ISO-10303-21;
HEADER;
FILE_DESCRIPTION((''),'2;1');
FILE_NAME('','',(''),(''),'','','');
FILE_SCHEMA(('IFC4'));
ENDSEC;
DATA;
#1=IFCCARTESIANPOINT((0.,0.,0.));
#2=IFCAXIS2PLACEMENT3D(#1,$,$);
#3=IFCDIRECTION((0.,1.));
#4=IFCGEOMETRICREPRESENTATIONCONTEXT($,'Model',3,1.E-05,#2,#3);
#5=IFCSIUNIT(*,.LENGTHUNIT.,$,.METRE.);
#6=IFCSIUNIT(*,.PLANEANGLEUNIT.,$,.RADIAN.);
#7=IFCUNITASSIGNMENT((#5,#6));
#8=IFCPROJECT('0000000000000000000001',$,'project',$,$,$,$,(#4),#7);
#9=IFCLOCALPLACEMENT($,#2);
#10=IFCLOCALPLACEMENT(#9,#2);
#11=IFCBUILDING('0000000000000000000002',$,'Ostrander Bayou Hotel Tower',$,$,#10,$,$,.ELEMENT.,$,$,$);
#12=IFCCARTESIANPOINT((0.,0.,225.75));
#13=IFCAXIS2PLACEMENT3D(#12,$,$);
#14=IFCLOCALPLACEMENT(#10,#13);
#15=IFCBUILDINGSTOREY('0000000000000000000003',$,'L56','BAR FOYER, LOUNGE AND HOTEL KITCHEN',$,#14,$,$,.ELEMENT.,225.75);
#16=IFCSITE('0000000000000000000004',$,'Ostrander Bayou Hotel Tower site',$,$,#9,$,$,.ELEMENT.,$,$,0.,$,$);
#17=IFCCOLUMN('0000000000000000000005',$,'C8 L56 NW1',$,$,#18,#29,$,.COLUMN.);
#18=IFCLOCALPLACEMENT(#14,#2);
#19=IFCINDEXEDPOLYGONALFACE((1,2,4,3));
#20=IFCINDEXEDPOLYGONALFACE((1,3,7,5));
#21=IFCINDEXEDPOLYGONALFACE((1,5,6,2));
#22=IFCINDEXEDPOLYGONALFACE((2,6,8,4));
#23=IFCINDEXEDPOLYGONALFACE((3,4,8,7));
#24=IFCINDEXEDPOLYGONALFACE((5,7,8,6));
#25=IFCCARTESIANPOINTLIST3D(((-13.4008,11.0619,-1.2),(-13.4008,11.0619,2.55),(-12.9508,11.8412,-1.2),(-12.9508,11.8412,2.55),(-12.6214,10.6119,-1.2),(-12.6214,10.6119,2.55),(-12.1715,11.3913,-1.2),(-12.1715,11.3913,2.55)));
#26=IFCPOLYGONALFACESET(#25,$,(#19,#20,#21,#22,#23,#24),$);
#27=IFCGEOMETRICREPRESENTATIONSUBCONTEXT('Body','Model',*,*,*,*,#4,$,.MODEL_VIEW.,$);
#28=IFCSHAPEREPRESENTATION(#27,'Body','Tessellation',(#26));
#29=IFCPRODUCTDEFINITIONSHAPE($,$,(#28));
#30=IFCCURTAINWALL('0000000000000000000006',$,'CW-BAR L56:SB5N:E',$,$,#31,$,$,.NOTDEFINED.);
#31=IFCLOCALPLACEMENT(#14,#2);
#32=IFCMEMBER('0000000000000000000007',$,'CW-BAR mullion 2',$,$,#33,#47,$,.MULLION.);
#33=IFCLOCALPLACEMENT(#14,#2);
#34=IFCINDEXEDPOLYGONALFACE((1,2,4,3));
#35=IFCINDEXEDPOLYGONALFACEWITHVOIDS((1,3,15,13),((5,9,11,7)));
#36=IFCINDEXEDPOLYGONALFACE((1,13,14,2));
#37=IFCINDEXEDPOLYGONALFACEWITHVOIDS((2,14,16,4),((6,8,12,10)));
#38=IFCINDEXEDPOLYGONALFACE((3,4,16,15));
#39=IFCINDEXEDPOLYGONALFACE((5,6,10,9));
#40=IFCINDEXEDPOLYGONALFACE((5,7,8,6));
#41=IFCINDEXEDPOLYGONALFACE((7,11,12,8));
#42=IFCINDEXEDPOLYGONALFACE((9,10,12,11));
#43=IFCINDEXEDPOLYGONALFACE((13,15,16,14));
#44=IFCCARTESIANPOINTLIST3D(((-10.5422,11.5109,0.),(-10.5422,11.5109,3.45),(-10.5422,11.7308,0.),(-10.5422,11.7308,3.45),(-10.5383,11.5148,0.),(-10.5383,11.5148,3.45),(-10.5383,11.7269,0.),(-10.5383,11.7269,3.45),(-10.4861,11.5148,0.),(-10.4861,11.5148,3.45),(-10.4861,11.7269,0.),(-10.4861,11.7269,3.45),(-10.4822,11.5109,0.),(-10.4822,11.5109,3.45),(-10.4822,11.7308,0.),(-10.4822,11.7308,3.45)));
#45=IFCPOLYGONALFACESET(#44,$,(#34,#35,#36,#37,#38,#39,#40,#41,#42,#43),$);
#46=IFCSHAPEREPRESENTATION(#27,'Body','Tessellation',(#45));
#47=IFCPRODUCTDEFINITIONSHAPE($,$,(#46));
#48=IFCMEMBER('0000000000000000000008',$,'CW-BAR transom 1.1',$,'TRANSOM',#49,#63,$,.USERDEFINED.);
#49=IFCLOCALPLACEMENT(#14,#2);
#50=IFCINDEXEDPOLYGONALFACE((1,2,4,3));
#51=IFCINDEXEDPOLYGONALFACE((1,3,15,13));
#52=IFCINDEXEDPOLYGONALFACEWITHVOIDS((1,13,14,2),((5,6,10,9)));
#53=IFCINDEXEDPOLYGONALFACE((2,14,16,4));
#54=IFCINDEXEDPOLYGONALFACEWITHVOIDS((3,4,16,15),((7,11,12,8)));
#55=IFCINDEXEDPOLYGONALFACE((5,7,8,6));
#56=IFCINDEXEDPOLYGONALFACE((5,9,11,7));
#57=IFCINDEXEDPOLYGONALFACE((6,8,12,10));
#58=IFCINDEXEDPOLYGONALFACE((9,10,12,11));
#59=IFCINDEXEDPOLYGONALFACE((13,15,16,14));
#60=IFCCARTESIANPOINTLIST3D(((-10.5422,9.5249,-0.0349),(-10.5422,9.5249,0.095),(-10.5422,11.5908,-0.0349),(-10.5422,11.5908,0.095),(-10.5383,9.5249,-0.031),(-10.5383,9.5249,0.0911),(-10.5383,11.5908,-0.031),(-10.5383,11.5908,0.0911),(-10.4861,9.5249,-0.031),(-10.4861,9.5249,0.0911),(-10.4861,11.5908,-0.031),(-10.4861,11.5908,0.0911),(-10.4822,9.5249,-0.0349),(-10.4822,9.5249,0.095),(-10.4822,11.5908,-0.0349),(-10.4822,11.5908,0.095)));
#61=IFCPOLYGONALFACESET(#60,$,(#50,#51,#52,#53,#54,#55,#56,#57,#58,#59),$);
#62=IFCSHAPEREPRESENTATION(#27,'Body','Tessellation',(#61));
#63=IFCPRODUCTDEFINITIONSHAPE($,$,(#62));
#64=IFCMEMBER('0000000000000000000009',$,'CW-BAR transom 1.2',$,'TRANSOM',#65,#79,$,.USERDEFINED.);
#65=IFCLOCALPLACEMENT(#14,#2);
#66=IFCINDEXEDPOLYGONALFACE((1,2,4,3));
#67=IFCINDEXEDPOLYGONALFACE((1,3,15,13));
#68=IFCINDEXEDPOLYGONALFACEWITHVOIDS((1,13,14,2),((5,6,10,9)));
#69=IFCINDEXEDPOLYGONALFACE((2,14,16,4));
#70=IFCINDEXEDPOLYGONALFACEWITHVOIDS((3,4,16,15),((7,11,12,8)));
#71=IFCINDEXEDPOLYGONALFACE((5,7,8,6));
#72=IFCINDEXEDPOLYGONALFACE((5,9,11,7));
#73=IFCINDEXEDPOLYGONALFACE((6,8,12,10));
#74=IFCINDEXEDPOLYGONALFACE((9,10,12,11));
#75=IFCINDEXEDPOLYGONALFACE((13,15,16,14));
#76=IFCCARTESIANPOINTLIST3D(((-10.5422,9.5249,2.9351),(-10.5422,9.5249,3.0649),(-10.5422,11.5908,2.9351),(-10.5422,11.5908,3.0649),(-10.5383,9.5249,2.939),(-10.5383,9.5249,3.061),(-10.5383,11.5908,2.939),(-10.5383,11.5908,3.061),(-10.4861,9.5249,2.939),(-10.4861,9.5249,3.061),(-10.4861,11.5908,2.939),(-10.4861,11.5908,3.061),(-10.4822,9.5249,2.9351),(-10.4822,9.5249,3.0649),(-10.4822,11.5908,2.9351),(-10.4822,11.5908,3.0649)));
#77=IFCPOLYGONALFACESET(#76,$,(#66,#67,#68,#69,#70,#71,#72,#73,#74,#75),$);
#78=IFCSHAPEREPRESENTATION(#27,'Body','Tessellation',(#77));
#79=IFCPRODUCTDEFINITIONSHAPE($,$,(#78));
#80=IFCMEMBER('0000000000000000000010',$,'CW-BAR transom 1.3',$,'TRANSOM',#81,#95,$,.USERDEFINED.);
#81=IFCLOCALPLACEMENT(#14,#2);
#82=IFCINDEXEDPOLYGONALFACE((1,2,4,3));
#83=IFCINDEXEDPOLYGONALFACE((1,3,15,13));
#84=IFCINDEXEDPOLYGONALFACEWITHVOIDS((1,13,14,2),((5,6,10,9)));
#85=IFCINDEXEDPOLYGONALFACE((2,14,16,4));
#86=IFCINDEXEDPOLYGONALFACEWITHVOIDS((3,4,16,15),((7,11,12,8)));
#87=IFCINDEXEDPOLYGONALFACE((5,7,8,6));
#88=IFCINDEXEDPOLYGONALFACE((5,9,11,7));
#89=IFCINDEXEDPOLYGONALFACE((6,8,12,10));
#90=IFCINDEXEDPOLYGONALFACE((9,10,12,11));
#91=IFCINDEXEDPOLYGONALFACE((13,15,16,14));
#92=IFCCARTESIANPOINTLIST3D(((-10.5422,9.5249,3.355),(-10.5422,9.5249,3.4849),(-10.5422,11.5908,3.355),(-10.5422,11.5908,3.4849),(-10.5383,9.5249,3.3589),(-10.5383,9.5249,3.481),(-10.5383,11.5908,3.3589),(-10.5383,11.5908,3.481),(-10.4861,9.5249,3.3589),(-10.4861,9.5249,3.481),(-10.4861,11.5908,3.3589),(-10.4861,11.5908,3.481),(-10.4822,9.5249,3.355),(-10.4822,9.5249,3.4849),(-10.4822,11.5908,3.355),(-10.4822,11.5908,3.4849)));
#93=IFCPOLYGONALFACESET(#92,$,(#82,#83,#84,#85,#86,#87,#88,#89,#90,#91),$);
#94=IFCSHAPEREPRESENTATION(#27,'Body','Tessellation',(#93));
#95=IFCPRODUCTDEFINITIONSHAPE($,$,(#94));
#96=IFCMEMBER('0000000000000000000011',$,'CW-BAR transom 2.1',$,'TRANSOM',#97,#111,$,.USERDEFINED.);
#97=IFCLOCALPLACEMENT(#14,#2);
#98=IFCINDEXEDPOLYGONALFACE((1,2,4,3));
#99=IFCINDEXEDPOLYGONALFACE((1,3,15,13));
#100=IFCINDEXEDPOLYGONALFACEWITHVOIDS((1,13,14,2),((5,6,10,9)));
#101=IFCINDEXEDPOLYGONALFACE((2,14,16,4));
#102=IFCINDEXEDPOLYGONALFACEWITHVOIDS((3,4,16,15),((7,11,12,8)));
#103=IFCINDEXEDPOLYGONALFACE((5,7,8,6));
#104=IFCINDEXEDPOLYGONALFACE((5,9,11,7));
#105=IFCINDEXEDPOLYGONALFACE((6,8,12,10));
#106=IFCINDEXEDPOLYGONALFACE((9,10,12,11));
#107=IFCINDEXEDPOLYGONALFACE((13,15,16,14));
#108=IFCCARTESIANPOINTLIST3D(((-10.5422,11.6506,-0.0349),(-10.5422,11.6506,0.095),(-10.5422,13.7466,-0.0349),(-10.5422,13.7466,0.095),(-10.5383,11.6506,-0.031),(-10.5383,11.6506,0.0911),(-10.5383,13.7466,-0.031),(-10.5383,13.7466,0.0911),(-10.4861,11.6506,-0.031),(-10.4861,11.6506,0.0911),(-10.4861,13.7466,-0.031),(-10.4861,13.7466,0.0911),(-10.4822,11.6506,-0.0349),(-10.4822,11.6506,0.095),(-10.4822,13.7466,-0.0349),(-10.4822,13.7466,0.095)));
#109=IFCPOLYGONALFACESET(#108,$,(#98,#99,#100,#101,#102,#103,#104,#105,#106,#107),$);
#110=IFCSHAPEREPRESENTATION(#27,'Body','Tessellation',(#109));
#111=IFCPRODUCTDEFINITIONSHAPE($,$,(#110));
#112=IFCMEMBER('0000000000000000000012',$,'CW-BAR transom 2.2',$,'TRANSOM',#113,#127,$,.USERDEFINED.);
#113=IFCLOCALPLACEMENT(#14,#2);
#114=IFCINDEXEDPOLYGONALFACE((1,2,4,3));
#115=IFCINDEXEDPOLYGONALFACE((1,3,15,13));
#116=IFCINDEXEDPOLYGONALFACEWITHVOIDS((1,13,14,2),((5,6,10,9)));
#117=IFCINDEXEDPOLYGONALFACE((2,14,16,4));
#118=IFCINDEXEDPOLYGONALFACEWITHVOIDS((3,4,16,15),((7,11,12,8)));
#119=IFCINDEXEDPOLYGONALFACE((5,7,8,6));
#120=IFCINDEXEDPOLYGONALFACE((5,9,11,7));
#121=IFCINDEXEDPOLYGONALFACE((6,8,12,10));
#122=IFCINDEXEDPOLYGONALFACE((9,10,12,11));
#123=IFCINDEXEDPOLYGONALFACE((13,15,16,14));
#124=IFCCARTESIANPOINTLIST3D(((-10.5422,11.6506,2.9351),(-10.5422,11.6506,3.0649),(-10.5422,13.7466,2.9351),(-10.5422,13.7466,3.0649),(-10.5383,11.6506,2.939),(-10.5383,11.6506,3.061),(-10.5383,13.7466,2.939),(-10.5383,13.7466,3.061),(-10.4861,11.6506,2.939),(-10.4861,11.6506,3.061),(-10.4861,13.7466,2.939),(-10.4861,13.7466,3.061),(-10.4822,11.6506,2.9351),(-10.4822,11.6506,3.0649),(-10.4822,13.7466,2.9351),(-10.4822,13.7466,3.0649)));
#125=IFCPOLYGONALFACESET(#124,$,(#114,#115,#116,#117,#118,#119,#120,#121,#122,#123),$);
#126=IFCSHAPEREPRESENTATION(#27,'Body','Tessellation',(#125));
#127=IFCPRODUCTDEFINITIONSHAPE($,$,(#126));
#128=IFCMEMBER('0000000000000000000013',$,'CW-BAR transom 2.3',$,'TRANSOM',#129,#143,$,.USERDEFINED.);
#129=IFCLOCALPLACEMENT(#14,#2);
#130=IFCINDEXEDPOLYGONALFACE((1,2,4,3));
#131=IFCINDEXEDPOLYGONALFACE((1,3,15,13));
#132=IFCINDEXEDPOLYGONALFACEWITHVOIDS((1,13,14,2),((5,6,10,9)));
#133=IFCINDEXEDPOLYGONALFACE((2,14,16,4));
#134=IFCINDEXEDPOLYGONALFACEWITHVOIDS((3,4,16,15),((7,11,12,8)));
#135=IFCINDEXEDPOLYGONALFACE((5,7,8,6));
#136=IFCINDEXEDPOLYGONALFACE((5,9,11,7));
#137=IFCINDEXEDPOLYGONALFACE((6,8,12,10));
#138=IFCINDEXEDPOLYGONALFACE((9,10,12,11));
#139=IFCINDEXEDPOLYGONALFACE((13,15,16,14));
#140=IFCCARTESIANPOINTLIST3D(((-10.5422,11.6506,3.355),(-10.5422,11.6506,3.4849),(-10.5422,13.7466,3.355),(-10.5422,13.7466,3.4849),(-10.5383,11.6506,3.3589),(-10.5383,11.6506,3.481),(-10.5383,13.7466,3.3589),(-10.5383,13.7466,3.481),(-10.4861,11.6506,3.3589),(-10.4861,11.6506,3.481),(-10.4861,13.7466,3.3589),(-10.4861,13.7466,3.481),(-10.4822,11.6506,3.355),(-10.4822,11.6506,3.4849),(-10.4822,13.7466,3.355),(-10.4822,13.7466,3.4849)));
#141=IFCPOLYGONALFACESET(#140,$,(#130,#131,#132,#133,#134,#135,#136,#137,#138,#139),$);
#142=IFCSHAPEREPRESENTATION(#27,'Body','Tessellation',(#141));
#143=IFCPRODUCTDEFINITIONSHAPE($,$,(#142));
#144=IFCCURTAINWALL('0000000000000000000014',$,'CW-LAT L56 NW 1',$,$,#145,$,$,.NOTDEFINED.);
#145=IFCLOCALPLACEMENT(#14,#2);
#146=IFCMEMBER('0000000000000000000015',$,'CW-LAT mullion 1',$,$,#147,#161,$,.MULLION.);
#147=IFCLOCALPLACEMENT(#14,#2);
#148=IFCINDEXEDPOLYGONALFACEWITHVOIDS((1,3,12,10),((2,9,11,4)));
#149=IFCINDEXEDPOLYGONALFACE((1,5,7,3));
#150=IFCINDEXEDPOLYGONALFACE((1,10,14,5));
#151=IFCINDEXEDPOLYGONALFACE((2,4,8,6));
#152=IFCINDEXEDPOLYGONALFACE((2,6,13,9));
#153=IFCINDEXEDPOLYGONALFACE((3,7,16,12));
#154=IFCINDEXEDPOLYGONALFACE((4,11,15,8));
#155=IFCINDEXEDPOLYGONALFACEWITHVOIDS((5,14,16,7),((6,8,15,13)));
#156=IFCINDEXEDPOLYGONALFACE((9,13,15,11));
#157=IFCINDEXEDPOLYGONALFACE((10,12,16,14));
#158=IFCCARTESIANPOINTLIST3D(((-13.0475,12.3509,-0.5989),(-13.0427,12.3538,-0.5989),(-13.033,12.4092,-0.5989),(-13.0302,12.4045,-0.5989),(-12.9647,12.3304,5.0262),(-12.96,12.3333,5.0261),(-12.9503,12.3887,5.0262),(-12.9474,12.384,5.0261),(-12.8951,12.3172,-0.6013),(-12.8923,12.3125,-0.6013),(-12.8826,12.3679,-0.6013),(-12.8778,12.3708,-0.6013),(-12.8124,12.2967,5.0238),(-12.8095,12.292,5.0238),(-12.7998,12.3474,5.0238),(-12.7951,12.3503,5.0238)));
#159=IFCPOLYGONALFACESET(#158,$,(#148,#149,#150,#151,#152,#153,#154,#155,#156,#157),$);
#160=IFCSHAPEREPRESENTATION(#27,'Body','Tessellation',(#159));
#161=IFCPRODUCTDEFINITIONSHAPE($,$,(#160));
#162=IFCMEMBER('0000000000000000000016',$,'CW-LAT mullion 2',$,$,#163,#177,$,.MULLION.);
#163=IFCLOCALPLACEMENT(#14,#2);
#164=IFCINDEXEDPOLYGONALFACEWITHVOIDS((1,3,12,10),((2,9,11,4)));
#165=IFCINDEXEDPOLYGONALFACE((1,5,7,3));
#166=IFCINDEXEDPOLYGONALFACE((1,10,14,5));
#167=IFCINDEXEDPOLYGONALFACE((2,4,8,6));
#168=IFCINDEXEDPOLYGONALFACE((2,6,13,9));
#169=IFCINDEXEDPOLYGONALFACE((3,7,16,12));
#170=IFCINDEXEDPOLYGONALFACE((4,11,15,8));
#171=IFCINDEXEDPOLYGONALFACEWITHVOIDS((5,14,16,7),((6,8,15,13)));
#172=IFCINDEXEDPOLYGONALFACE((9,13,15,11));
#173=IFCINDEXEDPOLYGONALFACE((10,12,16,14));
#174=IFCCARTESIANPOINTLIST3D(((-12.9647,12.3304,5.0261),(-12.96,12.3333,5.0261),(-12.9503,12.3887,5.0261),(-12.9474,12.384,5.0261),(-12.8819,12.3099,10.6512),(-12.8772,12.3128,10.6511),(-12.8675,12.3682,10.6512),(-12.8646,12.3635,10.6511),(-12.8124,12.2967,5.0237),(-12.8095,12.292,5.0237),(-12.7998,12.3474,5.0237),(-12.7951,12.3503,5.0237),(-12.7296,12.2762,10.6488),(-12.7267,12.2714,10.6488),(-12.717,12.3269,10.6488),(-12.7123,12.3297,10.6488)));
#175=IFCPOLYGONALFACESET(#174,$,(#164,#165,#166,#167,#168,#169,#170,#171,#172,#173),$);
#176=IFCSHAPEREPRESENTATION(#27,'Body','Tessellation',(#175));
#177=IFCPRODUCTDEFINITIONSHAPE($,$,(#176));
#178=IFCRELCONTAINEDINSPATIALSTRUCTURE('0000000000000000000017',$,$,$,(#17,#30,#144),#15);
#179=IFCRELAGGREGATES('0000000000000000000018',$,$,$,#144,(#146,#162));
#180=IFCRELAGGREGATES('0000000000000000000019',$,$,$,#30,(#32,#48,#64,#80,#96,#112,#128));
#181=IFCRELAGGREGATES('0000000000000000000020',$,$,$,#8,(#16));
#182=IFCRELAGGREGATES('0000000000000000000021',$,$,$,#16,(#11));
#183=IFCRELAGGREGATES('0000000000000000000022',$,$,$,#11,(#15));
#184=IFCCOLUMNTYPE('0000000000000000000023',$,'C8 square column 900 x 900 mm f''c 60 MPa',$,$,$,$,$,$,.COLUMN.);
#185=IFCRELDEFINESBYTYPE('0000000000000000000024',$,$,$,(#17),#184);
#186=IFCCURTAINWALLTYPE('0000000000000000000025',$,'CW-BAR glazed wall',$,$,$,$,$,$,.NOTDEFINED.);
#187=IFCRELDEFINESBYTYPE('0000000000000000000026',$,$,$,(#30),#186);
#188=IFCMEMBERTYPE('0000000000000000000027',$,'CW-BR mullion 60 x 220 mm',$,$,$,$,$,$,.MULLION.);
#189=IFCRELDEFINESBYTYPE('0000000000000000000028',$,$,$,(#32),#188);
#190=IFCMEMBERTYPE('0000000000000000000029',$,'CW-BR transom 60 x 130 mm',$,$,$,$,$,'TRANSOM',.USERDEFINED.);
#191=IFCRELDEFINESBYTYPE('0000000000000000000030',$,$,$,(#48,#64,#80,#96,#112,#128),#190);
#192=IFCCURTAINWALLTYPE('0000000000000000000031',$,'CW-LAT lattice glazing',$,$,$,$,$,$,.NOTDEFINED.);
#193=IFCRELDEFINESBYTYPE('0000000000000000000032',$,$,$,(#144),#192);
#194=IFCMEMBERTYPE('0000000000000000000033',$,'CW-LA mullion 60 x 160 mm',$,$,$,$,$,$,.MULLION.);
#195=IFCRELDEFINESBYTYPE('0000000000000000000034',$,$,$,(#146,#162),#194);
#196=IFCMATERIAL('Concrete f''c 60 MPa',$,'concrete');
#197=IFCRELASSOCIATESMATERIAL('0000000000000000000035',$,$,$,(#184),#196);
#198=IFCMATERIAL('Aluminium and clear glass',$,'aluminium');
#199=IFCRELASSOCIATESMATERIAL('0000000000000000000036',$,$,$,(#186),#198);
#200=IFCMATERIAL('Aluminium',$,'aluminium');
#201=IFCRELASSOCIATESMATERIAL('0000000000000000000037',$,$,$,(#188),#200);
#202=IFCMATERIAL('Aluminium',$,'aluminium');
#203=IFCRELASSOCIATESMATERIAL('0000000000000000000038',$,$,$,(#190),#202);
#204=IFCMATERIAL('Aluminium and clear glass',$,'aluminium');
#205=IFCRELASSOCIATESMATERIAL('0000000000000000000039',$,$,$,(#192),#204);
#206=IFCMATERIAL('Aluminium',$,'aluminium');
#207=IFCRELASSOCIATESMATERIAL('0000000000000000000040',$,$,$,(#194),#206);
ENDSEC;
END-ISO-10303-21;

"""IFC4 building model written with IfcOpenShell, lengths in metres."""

from ifc_helpers import new_model, si_unit, direction, frame, origin, origin_2d, place, context, subcontext, project, spatial, rectangle, hollow_rectangle, extrude, material, material_profile, profile_set, type_object, element, aggregate, save


model = new_model("IFC4")

# Units and contexts
model_context = context("Model", 3, precision=1e-05, world=origin(), true_north=direction((0.0, 1.0)))
body_context = subcontext(model_context, "Body", "Model", "MODEL_VIEW")
ifc_project = project(units=[si_unit("LENGTHUNIT", "METRE"), si_unit("PLANEANGLEUNIT", "RADIAN")], contexts=[model_context])

# Site, building, storey
site_placement = place(None, origin())
site = spatial("IfcSite", under=ifc_project, at=site_placement, Name="Ostrander Bayou Hotel Tower site", CompositionType="ELEMENT", RefElevation=0.0)
building_placement = place(site_placement, origin())
building = spatial("IfcBuilding", under=site, at=building_placement, Name="Ostrander Bayou Hotel Tower", CompositionType="ELEMENT")
storey_placement = place(building_placement, frame((0.0, 0.0, 225.75)))
storey = spatial("IfcBuildingStorey", under=building, at=storey_placement, Name="L56", Description="BAR FOYER, LOUNGE AND HOTEL KITCHEN", CompositionType="ELEMENT", Elevation=225.75)

# Column
ifc_material_1 = material(Name="Concrete f'c 60 MPa", Category="concrete")
ifc_material_profile_1 = material_profile(ifc_material_1, rectangle(XDim=0.8999, YDim=0.8999, at=origin_2d()))
ifc_profile_set_1 = profile_set([ifc_material_profile_1], Name="Concrete f'c 60 MPa")
column_type = type_object("IfcColumnType", Name="C8 square column 900 x 900 mm f'c 60 MPa", PredefinedType="COLUMN", material=ifc_profile_set_1)
column_placement = place(storey_placement, frame((-12.7861, 11.2266, -1.2), z_axis=(0.0, 0.0, 1.0), x_axis=(0.5, 0.866025, 0.0)))
element("IfcColumn", 1, at=column_placement, inside=storey, type_object=column_type, Name="C8 L56 NW1", PredefinedType="COLUMN", context=body_context, shape_type="SweptSolid", body=[
    extrude(rectangle(XDim=0.8999, YDim=0.8999, at=origin_2d()), origin(), (0.0, 0.0, 1.0), 3.75),
])

# Curtain walls, members
ifc_material_2 = material(Name="Aluminium and clear glass", Category="aluminium")
curtain_wall_type_1 = type_object("IfcCurtainWallType", Name="CW-BAR glazed wall", PredefinedType="NOTDEFINED", material=ifc_material_2)
curtain_wall_1_placement = place(storey_placement, origin())
curtain_wall_1 = element("IfcCurtainWall", 2, at=curtain_wall_1_placement, inside=storey, type_object=curtain_wall_type_1, Name="CW-BAR L56:SB5N:E", PredefinedType="NOTDEFINED")
ifc_material_3 = material(Name="Aluminium", Category="aluminium")
ifc_material_profile_2 = material_profile(ifc_material_3, hollow_rectangle(XDim=0.0601, YDim=0.22, WallThickness=0.0039, at=origin_2d()))
ifc_profile_set_2 = profile_set([ifc_material_profile_2], Name="Aluminium")
member_type_1 = type_object("IfcMemberType", Name="CW-BR mullion 60 x 220 mm", PredefinedType="MULLION", material=ifc_profile_set_2)
member_1_placement = place(storey_placement, frame((-10.5122, 11.6208, 0.0), z_axis=(0.0, 0.0, 1.0), x_axis=(-1.0, 0.0, 0.0)))
member_1 = element("IfcMember", 3, at=member_1_placement, type_object=member_type_1, Name="CW-BAR mullion 2", PredefinedType="MULLION", context=body_context, shape_type="SweptSolid", body=[
    extrude(hollow_rectangle(XDim=0.0601, YDim=0.22, WallThickness=0.0039, at=origin_2d()), origin(), (0.0, 0.0, 1.0), 3.45),
])
ifc_material_4 = material(Name="Aluminium", Category="aluminium")
ifc_material_profile_3 = material_profile(ifc_material_4, hollow_rectangle(XDim=0.0601, YDim=0.1299, WallThickness=0.0039, at=origin_2d()))
ifc_profile_set_3 = profile_set([ifc_material_profile_3], Name="Aluminium")
member_type_2 = type_object("IfcMemberType", Name="CW-BR transom 60 x 130 mm", ElementType="TRANSOM", PredefinedType="USERDEFINED", material=ifc_profile_set_3)
member_2_placement = place(storey_placement, frame((-10.5122, 9.5249, 0.03), z_axis=(0.0, 1.0, 0.0), x_axis=(-1.0, 0.0, 0.0)))
member_2 = element("IfcMember", 4, at=member_2_placement, type_object=member_type_2, Name="CW-BAR transom 1.1", ObjectType="TRANSOM", PredefinedType="USERDEFINED", context=body_context, shape_type="SweptSolid", body=[
    extrude(hollow_rectangle(XDim=0.0601, YDim=0.1299, WallThickness=0.0039, at=origin_2d()), origin(), (0.0, 0.0, 1.0), 2.0659),
])
member_3_placement = place(storey_placement, frame((-10.5122, 9.5249, 3.0), z_axis=(0.0, 1.0, 0.0), x_axis=(-1.0, 0.0, 0.0)))
member_3 = element("IfcMember", 5, at=member_3_placement, type_object=member_type_2, Name="CW-BAR transom 1.2", ObjectType="TRANSOM", PredefinedType="USERDEFINED", context=body_context, shape_type="SweptSolid", body=[
    extrude(hollow_rectangle(XDim=0.0601, YDim=0.1299, WallThickness=0.0039, at=origin_2d()), origin(), (0.0, 0.0, 1.0), 2.0659),
])
member_4_placement = place(storey_placement, frame((-10.5122, 9.5249, 3.4199), z_axis=(0.0, 1.0, 0.0), x_axis=(-1.0, 0.0, 0.0)))
member_4 = element("IfcMember", 6, at=member_4_placement, type_object=member_type_2, Name="CW-BAR transom 1.3", ObjectType="TRANSOM", PredefinedType="USERDEFINED", context=body_context, shape_type="SweptSolid", body=[
    extrude(hollow_rectangle(XDim=0.0601, YDim=0.1299, WallThickness=0.0039, at=origin_2d()), origin(), (0.0, 0.0, 1.0), 2.0659),
])
member_5_placement = place(storey_placement, frame((-10.5122, 11.6506, 0.03), z_axis=(0.0, 1.0, 0.0), x_axis=(-1.0, 0.0, 0.0)))
member_5 = element("IfcMember", 7, at=member_5_placement, type_object=member_type_2, Name="CW-BAR transom 2.1", ObjectType="TRANSOM", PredefinedType="USERDEFINED", context=body_context, shape_type="SweptSolid", body=[
    extrude(hollow_rectangle(XDim=0.0601, YDim=0.1299, WallThickness=0.0039, at=origin_2d()), origin(), (0.0, 0.0, 1.0), 2.0959),
])
member_6_placement = place(storey_placement, frame((-10.5122, 11.6506, 3.0), z_axis=(0.0, 1.0, 0.0), x_axis=(-1.0, 0.0, 0.0)))
member_6 = element("IfcMember", 8, at=member_6_placement, type_object=member_type_2, Name="CW-BAR transom 2.2", ObjectType="TRANSOM", PredefinedType="USERDEFINED", context=body_context, shape_type="SweptSolid", body=[
    extrude(hollow_rectangle(XDim=0.0601, YDim=0.1299, WallThickness=0.0039, at=origin_2d()), origin(), (0.0, 0.0, 1.0), 2.0959),
])
member_7_placement = place(storey_placement, frame((-10.5122, 11.6506, 3.4199), z_axis=(0.0, 1.0, 0.0), x_axis=(-1.0, 0.0, 0.0)))
member_7 = element("IfcMember", 9, at=member_7_placement, type_object=member_type_2, Name="CW-BAR transom 2.3", ObjectType="TRANSOM", PredefinedType="USERDEFINED", context=body_context, shape_type="SweptSolid", body=[
    extrude(hollow_rectangle(XDim=0.0601, YDim=0.1299, WallThickness=0.0039, at=origin_2d()), origin(), (0.0, 0.0, 1.0), 2.0959),
])
ifc_material_5 = material(Name="Aluminium and clear glass", Category="aluminium")
curtain_wall_type_2 = type_object("IfcCurtainWallType", Name="CW-LAT lattice glazing", PredefinedType="NOTDEFINED", material=ifc_material_5)
curtain_wall_2_placement = place(storey_placement, origin())
curtain_wall_2 = element("IfcCurtainWall", 10, at=curtain_wall_2_placement, inside=storey, type_object=curtain_wall_type_2, Name="CW-LAT L56 NW 1", PredefinedType="NOTDEFINED")
ifc_material_6 = material(Name="Aluminium", Category="aluminium")
ifc_material_profile_4 = material_profile(ifc_material_6, hollow_rectangle(XDim=0.0601, YDim=0.1599, WallThickness=0.0039, at=origin_2d()))
ifc_profile_set_4 = profile_set([ifc_material_profile_4], Name="Aluminium")
member_type_3 = type_object("IfcMemberType", Name="CW-LA mullion 60 x 160 mm", PredefinedType="MULLION", material=ifc_profile_set_4)
member_8_placement = place(storey_placement, frame((-12.9626, 12.3608, -0.6001), z_axis=(0.014712, -0.003645, 0.999885), x_axis=(0.240514, 0.970646, 0.0)))
member_8 = element("IfcMember", 11, at=member_8_placement, type_object=member_type_3, Name="CW-LAT mullion 1", PredefinedType="MULLION", context=body_context, shape_type="SweptSolid", body=[
    extrude(hollow_rectangle(XDim=0.0601, YDim=0.1599, WallThickness=0.0039, at=origin_2d()), origin(), (0.0, 0.0, 1.0), 5.6257),
])
member_9_placement = place(storey_placement, frame((-12.8799, 12.3403, 5.0249), z_axis=(0.014712, -0.003645, 0.999885), x_axis=(0.240514, 0.970646, 0.0)))
member_9 = element("IfcMember", 12, at=member_9_placement, type_object=member_type_3, Name="CW-LAT mullion 2", PredefinedType="MULLION", context=body_context, shape_type="SweptSolid", body=[
    extrude(hollow_rectangle(XDim=0.0601, YDim=0.1599, WallThickness=0.0039, at=origin_2d()), origin(), (0.0, 0.0, 1.0), 5.6257),
])
aggregate(curtain_wall_2, [member_8, member_9])

aggregate(curtain_wall_1, [member_1, member_2, member_3, member_4, member_5, member_6, member_7])

save(model, "model.ifc")
